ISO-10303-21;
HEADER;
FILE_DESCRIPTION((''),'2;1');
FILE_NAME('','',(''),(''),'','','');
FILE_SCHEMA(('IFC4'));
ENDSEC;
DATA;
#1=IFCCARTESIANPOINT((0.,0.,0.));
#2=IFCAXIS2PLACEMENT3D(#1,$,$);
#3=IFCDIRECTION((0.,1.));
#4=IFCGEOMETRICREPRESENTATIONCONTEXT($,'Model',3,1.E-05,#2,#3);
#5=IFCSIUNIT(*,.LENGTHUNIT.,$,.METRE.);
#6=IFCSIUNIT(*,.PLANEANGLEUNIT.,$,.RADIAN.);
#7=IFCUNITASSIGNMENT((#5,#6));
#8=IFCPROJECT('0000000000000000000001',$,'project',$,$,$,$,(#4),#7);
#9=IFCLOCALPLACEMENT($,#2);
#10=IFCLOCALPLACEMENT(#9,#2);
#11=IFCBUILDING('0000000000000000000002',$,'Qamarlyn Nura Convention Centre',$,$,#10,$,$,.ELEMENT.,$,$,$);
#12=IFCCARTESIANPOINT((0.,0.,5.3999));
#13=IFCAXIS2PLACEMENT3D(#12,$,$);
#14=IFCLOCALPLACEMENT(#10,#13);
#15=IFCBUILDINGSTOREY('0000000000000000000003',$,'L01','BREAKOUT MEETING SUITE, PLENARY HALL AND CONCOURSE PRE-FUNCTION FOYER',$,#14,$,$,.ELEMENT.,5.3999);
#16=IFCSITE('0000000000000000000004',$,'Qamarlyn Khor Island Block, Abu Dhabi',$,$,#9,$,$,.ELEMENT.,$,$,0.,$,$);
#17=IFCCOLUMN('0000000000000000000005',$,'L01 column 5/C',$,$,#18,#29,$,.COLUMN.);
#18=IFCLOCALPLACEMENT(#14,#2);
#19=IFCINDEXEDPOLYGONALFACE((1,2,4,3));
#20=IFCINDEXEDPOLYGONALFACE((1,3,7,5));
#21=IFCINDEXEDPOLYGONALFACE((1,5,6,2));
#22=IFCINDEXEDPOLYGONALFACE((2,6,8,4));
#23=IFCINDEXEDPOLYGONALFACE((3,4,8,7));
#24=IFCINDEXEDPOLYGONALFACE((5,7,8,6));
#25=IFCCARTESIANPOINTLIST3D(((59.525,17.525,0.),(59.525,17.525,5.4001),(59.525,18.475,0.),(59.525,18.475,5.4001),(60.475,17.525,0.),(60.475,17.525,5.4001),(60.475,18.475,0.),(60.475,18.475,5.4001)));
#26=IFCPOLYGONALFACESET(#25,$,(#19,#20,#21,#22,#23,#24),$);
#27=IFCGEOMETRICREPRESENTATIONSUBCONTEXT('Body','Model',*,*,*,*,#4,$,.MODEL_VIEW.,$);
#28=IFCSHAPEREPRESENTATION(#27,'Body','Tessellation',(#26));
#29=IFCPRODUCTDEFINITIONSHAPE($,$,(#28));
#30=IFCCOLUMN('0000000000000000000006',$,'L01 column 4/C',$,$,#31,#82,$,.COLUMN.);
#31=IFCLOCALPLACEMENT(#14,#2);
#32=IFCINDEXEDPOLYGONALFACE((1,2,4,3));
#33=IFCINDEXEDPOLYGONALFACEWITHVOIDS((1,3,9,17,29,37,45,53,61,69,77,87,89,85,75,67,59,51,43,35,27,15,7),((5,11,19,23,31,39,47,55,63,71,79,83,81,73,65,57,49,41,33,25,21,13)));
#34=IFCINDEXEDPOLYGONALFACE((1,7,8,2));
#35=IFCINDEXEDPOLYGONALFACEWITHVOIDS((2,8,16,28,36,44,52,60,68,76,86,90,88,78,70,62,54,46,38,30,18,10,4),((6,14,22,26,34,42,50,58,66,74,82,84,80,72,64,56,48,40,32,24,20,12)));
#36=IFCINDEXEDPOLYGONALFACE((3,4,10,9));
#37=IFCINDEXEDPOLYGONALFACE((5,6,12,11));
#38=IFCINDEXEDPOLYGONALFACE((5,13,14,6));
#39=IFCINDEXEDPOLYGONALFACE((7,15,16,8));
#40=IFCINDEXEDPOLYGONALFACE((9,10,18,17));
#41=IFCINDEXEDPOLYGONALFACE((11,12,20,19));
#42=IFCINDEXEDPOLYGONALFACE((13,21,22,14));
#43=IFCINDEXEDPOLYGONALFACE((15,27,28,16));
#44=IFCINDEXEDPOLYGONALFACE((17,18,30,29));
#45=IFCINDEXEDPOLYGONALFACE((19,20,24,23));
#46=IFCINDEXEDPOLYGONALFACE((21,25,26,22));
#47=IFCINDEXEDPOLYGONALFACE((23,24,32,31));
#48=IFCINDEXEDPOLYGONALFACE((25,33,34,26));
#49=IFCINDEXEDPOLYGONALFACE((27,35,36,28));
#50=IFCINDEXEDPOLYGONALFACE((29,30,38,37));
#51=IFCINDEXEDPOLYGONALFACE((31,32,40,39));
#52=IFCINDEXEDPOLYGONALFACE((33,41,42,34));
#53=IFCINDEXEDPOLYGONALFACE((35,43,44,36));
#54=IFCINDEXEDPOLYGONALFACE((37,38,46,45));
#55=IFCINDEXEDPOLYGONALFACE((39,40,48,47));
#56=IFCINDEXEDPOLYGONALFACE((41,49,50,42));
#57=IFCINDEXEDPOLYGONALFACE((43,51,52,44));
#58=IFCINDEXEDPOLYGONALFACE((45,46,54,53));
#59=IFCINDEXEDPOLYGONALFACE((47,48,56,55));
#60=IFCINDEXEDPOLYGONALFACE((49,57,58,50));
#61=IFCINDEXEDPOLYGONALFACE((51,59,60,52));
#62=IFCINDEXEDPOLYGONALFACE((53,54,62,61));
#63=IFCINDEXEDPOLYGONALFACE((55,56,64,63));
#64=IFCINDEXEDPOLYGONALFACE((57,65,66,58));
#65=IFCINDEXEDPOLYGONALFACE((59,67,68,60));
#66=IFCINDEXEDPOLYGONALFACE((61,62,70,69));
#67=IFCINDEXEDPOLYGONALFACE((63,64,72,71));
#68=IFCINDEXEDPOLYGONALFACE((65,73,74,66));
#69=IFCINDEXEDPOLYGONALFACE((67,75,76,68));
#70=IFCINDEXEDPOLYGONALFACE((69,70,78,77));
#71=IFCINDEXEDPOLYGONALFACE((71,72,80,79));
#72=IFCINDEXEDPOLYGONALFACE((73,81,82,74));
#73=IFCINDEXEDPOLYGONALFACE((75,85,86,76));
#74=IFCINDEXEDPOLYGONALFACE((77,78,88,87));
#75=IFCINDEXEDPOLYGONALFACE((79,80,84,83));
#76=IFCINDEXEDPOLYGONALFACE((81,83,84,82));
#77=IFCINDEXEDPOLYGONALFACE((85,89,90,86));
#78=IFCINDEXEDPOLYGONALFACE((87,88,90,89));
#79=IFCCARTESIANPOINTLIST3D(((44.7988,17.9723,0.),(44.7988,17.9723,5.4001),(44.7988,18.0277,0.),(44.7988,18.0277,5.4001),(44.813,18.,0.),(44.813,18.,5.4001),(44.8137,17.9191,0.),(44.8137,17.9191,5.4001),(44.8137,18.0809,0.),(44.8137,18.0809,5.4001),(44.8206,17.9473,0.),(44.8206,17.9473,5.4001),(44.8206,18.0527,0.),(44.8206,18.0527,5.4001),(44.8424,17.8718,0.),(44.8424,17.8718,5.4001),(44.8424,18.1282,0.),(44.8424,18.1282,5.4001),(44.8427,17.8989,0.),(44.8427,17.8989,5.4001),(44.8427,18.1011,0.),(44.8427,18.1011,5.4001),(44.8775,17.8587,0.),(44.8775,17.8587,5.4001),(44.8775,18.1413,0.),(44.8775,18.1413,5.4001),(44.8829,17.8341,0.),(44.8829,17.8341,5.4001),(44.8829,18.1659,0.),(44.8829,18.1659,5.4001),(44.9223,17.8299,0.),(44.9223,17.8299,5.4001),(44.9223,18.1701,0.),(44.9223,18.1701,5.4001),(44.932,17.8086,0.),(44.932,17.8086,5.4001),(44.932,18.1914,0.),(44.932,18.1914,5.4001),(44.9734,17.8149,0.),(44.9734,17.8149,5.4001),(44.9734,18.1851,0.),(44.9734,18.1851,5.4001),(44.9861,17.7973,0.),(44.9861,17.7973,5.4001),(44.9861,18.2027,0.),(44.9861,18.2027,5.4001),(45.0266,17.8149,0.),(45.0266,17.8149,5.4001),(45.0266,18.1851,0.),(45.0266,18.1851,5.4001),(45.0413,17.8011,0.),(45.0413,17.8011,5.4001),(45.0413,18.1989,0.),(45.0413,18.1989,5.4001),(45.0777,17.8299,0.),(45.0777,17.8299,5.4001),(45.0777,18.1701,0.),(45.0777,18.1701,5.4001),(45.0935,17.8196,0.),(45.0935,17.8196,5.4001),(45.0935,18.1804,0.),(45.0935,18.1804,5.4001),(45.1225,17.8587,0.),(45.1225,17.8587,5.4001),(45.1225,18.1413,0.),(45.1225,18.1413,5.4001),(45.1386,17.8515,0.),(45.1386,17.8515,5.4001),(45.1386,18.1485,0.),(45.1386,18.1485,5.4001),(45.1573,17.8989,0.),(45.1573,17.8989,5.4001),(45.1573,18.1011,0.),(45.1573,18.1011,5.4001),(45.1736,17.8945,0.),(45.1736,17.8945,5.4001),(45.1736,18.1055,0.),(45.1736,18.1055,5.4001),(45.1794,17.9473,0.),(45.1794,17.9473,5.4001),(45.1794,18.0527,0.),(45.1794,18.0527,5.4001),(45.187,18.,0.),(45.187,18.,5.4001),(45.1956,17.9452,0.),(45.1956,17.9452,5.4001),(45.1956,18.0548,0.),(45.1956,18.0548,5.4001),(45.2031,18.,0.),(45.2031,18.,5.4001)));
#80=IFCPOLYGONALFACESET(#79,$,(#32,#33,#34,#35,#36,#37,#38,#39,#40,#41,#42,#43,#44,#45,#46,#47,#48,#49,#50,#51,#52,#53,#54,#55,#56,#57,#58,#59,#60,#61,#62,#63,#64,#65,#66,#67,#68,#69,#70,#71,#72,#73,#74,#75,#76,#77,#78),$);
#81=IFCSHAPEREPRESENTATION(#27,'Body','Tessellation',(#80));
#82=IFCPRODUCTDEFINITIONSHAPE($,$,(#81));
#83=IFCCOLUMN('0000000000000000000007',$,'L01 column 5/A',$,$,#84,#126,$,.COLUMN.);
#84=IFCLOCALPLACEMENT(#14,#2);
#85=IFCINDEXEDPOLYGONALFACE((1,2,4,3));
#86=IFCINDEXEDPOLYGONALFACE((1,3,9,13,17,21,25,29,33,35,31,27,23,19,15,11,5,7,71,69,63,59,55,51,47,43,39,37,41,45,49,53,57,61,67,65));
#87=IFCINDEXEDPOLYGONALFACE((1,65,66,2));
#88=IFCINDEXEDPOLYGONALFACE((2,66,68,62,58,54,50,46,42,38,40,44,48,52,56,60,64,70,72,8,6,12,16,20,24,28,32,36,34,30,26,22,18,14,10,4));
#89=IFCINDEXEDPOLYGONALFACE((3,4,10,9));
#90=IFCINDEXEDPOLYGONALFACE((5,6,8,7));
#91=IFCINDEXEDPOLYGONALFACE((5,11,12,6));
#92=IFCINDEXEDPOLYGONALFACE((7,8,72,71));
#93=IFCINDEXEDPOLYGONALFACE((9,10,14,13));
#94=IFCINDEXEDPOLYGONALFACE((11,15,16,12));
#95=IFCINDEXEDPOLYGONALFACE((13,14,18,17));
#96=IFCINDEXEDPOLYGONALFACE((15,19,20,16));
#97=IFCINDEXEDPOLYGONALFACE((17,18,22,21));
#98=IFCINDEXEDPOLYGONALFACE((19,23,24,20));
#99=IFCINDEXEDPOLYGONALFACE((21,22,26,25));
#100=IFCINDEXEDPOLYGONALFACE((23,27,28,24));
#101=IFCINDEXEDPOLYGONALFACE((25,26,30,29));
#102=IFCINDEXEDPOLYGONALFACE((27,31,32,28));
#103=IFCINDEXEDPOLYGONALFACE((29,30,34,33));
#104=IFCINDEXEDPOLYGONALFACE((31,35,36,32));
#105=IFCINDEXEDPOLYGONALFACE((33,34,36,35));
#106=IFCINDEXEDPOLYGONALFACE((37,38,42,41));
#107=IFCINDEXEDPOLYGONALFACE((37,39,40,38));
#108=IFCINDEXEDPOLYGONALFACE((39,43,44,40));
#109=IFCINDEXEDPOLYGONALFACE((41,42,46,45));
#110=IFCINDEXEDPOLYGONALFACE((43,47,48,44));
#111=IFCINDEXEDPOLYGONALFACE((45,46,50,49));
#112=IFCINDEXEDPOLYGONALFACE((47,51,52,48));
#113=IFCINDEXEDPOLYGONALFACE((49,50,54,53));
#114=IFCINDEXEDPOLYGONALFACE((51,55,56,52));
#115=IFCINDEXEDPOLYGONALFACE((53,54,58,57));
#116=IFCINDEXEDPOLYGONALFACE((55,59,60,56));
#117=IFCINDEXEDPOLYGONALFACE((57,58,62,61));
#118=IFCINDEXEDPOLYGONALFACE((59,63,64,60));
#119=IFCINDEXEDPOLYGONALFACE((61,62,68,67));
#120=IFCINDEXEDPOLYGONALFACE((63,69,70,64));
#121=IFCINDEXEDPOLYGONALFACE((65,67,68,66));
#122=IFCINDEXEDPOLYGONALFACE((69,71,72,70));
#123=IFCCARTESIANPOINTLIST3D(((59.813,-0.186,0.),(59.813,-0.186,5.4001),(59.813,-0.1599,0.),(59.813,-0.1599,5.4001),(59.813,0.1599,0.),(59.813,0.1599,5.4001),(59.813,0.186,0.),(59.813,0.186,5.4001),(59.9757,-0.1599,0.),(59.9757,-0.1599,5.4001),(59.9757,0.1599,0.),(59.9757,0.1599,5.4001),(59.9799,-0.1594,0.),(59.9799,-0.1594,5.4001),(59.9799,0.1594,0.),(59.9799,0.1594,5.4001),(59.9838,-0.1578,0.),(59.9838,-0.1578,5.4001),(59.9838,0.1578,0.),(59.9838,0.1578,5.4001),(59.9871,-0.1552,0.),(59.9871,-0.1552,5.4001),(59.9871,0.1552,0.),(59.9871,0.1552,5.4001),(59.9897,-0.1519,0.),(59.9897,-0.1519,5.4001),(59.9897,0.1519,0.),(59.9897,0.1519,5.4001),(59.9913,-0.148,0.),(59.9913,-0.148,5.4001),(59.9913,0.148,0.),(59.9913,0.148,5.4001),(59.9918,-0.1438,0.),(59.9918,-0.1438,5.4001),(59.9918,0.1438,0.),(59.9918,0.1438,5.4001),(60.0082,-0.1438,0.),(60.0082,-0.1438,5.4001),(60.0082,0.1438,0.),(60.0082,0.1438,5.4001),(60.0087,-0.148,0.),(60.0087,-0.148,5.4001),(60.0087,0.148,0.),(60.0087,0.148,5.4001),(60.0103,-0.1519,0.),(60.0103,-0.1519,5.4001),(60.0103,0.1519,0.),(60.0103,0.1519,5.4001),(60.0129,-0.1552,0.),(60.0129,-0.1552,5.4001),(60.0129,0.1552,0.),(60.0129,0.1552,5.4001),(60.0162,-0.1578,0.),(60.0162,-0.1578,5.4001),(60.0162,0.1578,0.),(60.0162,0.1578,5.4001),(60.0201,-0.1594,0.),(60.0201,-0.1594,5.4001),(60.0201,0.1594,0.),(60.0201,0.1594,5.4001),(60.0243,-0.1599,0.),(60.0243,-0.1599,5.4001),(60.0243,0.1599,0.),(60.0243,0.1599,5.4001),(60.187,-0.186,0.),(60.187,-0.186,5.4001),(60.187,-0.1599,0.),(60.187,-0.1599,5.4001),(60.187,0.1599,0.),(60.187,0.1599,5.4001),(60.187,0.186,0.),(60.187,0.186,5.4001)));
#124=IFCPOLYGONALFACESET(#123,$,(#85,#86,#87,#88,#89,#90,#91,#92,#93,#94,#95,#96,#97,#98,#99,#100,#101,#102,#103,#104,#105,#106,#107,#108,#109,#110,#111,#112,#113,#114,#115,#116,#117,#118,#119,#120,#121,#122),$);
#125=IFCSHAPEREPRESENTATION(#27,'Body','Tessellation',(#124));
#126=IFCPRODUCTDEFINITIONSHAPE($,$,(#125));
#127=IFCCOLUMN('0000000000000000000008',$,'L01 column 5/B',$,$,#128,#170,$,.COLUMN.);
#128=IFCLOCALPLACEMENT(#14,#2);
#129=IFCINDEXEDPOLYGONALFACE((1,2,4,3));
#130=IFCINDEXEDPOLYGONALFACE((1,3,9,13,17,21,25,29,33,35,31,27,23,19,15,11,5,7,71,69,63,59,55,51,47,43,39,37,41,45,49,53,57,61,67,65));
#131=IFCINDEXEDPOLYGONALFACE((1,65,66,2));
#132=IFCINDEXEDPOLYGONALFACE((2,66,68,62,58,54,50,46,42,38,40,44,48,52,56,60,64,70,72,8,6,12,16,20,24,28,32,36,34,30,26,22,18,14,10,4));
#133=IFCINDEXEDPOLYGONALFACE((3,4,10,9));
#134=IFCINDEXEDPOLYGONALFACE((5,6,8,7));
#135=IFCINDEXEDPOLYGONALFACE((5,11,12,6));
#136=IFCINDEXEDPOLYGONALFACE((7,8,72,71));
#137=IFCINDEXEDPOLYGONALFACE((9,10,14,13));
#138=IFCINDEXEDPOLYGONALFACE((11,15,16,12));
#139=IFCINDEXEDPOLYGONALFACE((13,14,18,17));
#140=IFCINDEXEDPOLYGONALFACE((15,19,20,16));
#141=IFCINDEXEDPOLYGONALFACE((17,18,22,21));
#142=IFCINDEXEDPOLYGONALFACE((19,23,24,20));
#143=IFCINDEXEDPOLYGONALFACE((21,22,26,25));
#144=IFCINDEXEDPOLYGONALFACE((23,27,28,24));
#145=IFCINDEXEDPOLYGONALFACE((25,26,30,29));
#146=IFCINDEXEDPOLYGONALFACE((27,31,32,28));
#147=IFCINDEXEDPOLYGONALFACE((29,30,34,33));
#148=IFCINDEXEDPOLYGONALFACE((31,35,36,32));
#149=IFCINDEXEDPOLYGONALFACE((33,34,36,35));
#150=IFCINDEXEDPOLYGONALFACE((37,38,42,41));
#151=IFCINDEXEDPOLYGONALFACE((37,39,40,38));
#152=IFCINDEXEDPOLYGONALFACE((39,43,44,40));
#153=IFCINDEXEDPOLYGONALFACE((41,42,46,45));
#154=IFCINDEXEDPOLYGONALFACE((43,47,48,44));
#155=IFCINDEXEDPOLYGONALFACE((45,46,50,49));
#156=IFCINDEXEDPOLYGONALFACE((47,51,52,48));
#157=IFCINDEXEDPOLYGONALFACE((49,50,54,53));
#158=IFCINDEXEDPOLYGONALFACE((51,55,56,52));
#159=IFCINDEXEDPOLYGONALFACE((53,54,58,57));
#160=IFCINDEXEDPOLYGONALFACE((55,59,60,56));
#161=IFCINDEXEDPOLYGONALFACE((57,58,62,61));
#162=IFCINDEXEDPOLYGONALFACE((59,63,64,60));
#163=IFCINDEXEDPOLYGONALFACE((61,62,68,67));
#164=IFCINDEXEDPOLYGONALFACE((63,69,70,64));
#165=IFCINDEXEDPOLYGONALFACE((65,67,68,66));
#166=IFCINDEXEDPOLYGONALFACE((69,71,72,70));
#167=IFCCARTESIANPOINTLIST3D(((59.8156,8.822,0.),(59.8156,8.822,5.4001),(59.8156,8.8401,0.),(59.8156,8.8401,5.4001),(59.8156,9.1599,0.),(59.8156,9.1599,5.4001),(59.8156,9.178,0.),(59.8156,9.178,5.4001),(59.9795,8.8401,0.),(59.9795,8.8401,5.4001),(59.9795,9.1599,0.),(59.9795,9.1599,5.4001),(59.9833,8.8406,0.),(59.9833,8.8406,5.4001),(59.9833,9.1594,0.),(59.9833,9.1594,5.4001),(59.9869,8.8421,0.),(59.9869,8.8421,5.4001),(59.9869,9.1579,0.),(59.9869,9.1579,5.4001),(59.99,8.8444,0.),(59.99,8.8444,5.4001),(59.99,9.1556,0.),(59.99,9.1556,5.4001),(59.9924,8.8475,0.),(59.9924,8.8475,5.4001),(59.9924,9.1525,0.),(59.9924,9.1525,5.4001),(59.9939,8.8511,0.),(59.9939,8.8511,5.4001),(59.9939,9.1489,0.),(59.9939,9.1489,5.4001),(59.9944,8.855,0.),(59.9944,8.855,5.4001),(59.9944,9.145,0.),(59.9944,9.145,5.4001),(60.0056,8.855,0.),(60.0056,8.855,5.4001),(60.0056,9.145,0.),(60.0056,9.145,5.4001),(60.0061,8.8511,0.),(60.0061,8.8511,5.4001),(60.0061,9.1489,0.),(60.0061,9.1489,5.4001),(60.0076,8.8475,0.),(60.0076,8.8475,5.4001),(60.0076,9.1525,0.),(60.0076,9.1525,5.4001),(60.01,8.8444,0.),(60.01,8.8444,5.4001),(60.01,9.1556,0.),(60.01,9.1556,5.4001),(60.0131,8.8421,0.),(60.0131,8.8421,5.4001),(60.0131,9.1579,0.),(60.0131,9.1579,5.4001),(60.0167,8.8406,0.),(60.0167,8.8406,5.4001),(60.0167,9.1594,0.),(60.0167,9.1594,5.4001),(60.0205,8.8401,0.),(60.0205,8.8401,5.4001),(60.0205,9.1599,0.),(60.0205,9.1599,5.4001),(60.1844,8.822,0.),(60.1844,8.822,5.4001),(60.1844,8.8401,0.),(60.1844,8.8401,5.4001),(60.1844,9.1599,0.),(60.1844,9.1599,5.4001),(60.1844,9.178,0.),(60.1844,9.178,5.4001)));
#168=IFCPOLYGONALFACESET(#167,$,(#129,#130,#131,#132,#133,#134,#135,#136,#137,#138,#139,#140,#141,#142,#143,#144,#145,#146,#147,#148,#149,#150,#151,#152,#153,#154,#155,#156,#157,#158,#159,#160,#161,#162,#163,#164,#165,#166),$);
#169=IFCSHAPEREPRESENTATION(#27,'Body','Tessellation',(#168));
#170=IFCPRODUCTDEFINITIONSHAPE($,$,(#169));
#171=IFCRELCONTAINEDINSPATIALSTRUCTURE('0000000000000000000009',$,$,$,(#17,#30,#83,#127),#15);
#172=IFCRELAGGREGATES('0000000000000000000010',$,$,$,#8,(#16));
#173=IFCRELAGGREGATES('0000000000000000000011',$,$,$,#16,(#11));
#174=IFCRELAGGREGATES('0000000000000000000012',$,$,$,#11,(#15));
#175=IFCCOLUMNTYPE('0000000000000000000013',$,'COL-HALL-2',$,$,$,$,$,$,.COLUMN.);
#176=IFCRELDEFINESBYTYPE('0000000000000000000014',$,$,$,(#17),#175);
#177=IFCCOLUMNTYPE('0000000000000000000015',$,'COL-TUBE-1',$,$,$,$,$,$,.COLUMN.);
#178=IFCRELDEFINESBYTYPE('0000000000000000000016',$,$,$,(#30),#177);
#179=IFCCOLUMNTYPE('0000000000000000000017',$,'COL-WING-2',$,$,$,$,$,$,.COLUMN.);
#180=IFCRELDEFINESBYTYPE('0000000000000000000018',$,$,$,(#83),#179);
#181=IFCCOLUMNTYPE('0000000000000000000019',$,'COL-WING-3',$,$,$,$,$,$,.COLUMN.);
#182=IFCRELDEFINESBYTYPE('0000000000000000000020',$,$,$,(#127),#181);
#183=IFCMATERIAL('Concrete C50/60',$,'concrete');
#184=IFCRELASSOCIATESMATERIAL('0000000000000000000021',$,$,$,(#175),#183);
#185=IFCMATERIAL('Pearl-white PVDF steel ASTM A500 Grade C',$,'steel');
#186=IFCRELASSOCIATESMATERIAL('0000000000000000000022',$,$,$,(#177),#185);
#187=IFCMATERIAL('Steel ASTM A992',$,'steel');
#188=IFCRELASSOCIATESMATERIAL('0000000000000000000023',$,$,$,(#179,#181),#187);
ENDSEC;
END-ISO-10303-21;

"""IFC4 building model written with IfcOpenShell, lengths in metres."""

from ifc_helpers import new_model, si_unit, direction, frame, origin, origin_2d, place, context, subcontext, project, spatial, rectangle, hollow_circle, i_section, extrude, material, material_profile, profile_set, type_object, element, save


model = new_model("IFC4")

# Units and contexts
model_context = context("Model", 3, precision=1e-05, world=origin(), true_north=direction((0.0, 1.0)))
body_context = subcontext(model_context, "Body", "Model", "MODEL_VIEW")
ifc_project = project(units=[si_unit("LENGTHUNIT", "METRE"), si_unit("PLANEANGLEUNIT", "RADIAN")], contexts=[model_context])

# Site, building, storey
site_placement = place(None, origin())
site = spatial("IfcSite", under=ifc_project, at=site_placement, Name="Qamarlyn Khor Island Block, Abu Dhabi", CompositionType="ELEMENT", RefElevation=0.0)
building_placement = place(site_placement, origin())
building = spatial("IfcBuilding", under=site, at=building_placement, Name="Qamarlyn Nura Convention Centre", CompositionType="ELEMENT")
storey_placement = place(building_placement, frame((0.0, 0.0, 5.3999)))
storey = spatial("IfcBuildingStorey", under=building, at=storey_placement, Name="L01", Description="BREAKOUT MEETING SUITE, PLENARY HALL AND CONCOURSE PRE-FUNCTION FOYER", CompositionType="ELEMENT", Elevation=5.3999)

# Columns
ifc_material_1 = material(Name="Concrete C50/60", Category="concrete")
ifc_material_profile_1 = material_profile(ifc_material_1, rectangle(XDim=0.95, YDim=0.95, at=origin_2d()), Name="RC 950x950")
ifc_profile_set_1 = profile_set([ifc_material_profile_1], Name="Concrete C50/60")
column_type_1 = type_object("IfcColumnType", Name="COL-HALL-2", PredefinedType="COLUMN", material=ifc_profile_set_1)
column_1_placement = place(storey_placement, frame((60.0, 18.0, 0.0), z_axis=(0.0, 0.0, 1.0), x_axis=(1.0, 0.0, 0.0)))
element("IfcColumn", 1, at=column_1_placement, inside=storey, type_object=column_type_1, Name="L01 column 5/C", PredefinedType="COLUMN", context=body_context, shape_type="SweptSolid", body=[
    extrude(rectangle(XDim=0.95, YDim=0.95, at=origin_2d()), origin(), (0.0, 0.0, 1.0), 5.4001),
])
ifc_material_2 = material(Name="Pearl-white PVDF steel ASTM A500 Grade C", Category="steel")
ifc_material_profile_2 = material_profile(ifc_material_2, hollow_circle(Radius=0.2031, WallThickness=0.0161, at=origin_2d()), Name="CHS406.4X16")
ifc_profile_set_2 = profile_set([ifc_material_profile_2], Name="Pearl-white PVDF steel ASTM A500 Grade C")
column_type_2 = type_object("IfcColumnType", Name="COL-TUBE-1", PredefinedType="COLUMN", material=ifc_profile_set_2)
column_2_placement = place(storey_placement, frame((45.0, 18.0, 0.0), z_axis=(0.0, 0.0, 1.0), x_axis=(1.0, 0.0, 0.0)))
element("IfcColumn", 2, at=column_2_placement, inside=storey, type_object=column_type_2, Name="L01 column 4/C", PredefinedType="COLUMN", context=body_context, shape_type="SweptSolid", body=[
    extrude(hollow_circle(Radius=0.2031, WallThickness=0.0161, at=origin_2d()), origin(), (0.0, 0.0, 1.0), 5.4001),
])
ifc_material_3 = material(Name="Steel ASTM A992", Category="steel")
ifc_material_profile_3 = material_profile(ifc_material_3, i_section(OverallWidth=0.374, OverallDepth=0.3721, WebThickness=0.0164, FlangeThickness=0.0261, FilletRadius=0.0161, at=origin_2d()), Name="W360X196")
ifc_profile_set_3 = profile_set([ifc_material_profile_3], Name="Steel ASTM A992")
column_type_3 = type_object("IfcColumnType", Name="COL-WING-2", PredefinedType="COLUMN", material=ifc_profile_set_3)
column_3_placement = place(storey_placement, frame((60.0, 0.0, 0.0), z_axis=(0.0, 0.0, 1.0), x_axis=(1.0, 0.0, 0.0)))
element("IfcColumn", 3, at=column_3_placement, inside=storey, type_object=column_type_3, Name="L01 column 5/A", PredefinedType="COLUMN", context=body_context, shape_type="SweptSolid", body=[
    extrude(i_section(OverallWidth=0.374, OverallDepth=0.3721, WebThickness=0.0164, FlangeThickness=0.0261, FilletRadius=0.0161, at=origin_2d()), origin(), (0.0, 0.0, 1.0), 5.4001),
])
ifc_material_profile_4 = material_profile(ifc_material_3, i_section(OverallWidth=0.3689, OverallDepth=0.356, WebThickness=0.0112, FlangeThickness=0.0181, FilletRadius=0.0149, at=origin_2d()), Name="W360X134")
ifc_profile_set_4 = profile_set([ifc_material_profile_4], Name="Steel ASTM A992")
column_type_4 = type_object("IfcColumnType", Name="COL-WING-3", PredefinedType="COLUMN", material=ifc_profile_set_4)
column_4_placement = place(storey_placement, frame((60.0, 9.0, 0.0), z_axis=(0.0, 0.0, 1.0), x_axis=(1.0, 0.0, 0.0)))
element("IfcColumn", 4, at=column_4_placement, inside=storey, type_object=column_type_4, Name="L01 column 5/B", PredefinedType="COLUMN", context=body_context, shape_type="SweptSolid", body=[
    extrude(i_section(OverallWidth=0.3689, OverallDepth=0.356, WebThickness=0.0112, FlangeThickness=0.0181, FilletRadius=0.0149, at=origin_2d()), origin(), (0.0, 0.0, 1.0), 5.4001),
])

save(model, "model.ifc")
